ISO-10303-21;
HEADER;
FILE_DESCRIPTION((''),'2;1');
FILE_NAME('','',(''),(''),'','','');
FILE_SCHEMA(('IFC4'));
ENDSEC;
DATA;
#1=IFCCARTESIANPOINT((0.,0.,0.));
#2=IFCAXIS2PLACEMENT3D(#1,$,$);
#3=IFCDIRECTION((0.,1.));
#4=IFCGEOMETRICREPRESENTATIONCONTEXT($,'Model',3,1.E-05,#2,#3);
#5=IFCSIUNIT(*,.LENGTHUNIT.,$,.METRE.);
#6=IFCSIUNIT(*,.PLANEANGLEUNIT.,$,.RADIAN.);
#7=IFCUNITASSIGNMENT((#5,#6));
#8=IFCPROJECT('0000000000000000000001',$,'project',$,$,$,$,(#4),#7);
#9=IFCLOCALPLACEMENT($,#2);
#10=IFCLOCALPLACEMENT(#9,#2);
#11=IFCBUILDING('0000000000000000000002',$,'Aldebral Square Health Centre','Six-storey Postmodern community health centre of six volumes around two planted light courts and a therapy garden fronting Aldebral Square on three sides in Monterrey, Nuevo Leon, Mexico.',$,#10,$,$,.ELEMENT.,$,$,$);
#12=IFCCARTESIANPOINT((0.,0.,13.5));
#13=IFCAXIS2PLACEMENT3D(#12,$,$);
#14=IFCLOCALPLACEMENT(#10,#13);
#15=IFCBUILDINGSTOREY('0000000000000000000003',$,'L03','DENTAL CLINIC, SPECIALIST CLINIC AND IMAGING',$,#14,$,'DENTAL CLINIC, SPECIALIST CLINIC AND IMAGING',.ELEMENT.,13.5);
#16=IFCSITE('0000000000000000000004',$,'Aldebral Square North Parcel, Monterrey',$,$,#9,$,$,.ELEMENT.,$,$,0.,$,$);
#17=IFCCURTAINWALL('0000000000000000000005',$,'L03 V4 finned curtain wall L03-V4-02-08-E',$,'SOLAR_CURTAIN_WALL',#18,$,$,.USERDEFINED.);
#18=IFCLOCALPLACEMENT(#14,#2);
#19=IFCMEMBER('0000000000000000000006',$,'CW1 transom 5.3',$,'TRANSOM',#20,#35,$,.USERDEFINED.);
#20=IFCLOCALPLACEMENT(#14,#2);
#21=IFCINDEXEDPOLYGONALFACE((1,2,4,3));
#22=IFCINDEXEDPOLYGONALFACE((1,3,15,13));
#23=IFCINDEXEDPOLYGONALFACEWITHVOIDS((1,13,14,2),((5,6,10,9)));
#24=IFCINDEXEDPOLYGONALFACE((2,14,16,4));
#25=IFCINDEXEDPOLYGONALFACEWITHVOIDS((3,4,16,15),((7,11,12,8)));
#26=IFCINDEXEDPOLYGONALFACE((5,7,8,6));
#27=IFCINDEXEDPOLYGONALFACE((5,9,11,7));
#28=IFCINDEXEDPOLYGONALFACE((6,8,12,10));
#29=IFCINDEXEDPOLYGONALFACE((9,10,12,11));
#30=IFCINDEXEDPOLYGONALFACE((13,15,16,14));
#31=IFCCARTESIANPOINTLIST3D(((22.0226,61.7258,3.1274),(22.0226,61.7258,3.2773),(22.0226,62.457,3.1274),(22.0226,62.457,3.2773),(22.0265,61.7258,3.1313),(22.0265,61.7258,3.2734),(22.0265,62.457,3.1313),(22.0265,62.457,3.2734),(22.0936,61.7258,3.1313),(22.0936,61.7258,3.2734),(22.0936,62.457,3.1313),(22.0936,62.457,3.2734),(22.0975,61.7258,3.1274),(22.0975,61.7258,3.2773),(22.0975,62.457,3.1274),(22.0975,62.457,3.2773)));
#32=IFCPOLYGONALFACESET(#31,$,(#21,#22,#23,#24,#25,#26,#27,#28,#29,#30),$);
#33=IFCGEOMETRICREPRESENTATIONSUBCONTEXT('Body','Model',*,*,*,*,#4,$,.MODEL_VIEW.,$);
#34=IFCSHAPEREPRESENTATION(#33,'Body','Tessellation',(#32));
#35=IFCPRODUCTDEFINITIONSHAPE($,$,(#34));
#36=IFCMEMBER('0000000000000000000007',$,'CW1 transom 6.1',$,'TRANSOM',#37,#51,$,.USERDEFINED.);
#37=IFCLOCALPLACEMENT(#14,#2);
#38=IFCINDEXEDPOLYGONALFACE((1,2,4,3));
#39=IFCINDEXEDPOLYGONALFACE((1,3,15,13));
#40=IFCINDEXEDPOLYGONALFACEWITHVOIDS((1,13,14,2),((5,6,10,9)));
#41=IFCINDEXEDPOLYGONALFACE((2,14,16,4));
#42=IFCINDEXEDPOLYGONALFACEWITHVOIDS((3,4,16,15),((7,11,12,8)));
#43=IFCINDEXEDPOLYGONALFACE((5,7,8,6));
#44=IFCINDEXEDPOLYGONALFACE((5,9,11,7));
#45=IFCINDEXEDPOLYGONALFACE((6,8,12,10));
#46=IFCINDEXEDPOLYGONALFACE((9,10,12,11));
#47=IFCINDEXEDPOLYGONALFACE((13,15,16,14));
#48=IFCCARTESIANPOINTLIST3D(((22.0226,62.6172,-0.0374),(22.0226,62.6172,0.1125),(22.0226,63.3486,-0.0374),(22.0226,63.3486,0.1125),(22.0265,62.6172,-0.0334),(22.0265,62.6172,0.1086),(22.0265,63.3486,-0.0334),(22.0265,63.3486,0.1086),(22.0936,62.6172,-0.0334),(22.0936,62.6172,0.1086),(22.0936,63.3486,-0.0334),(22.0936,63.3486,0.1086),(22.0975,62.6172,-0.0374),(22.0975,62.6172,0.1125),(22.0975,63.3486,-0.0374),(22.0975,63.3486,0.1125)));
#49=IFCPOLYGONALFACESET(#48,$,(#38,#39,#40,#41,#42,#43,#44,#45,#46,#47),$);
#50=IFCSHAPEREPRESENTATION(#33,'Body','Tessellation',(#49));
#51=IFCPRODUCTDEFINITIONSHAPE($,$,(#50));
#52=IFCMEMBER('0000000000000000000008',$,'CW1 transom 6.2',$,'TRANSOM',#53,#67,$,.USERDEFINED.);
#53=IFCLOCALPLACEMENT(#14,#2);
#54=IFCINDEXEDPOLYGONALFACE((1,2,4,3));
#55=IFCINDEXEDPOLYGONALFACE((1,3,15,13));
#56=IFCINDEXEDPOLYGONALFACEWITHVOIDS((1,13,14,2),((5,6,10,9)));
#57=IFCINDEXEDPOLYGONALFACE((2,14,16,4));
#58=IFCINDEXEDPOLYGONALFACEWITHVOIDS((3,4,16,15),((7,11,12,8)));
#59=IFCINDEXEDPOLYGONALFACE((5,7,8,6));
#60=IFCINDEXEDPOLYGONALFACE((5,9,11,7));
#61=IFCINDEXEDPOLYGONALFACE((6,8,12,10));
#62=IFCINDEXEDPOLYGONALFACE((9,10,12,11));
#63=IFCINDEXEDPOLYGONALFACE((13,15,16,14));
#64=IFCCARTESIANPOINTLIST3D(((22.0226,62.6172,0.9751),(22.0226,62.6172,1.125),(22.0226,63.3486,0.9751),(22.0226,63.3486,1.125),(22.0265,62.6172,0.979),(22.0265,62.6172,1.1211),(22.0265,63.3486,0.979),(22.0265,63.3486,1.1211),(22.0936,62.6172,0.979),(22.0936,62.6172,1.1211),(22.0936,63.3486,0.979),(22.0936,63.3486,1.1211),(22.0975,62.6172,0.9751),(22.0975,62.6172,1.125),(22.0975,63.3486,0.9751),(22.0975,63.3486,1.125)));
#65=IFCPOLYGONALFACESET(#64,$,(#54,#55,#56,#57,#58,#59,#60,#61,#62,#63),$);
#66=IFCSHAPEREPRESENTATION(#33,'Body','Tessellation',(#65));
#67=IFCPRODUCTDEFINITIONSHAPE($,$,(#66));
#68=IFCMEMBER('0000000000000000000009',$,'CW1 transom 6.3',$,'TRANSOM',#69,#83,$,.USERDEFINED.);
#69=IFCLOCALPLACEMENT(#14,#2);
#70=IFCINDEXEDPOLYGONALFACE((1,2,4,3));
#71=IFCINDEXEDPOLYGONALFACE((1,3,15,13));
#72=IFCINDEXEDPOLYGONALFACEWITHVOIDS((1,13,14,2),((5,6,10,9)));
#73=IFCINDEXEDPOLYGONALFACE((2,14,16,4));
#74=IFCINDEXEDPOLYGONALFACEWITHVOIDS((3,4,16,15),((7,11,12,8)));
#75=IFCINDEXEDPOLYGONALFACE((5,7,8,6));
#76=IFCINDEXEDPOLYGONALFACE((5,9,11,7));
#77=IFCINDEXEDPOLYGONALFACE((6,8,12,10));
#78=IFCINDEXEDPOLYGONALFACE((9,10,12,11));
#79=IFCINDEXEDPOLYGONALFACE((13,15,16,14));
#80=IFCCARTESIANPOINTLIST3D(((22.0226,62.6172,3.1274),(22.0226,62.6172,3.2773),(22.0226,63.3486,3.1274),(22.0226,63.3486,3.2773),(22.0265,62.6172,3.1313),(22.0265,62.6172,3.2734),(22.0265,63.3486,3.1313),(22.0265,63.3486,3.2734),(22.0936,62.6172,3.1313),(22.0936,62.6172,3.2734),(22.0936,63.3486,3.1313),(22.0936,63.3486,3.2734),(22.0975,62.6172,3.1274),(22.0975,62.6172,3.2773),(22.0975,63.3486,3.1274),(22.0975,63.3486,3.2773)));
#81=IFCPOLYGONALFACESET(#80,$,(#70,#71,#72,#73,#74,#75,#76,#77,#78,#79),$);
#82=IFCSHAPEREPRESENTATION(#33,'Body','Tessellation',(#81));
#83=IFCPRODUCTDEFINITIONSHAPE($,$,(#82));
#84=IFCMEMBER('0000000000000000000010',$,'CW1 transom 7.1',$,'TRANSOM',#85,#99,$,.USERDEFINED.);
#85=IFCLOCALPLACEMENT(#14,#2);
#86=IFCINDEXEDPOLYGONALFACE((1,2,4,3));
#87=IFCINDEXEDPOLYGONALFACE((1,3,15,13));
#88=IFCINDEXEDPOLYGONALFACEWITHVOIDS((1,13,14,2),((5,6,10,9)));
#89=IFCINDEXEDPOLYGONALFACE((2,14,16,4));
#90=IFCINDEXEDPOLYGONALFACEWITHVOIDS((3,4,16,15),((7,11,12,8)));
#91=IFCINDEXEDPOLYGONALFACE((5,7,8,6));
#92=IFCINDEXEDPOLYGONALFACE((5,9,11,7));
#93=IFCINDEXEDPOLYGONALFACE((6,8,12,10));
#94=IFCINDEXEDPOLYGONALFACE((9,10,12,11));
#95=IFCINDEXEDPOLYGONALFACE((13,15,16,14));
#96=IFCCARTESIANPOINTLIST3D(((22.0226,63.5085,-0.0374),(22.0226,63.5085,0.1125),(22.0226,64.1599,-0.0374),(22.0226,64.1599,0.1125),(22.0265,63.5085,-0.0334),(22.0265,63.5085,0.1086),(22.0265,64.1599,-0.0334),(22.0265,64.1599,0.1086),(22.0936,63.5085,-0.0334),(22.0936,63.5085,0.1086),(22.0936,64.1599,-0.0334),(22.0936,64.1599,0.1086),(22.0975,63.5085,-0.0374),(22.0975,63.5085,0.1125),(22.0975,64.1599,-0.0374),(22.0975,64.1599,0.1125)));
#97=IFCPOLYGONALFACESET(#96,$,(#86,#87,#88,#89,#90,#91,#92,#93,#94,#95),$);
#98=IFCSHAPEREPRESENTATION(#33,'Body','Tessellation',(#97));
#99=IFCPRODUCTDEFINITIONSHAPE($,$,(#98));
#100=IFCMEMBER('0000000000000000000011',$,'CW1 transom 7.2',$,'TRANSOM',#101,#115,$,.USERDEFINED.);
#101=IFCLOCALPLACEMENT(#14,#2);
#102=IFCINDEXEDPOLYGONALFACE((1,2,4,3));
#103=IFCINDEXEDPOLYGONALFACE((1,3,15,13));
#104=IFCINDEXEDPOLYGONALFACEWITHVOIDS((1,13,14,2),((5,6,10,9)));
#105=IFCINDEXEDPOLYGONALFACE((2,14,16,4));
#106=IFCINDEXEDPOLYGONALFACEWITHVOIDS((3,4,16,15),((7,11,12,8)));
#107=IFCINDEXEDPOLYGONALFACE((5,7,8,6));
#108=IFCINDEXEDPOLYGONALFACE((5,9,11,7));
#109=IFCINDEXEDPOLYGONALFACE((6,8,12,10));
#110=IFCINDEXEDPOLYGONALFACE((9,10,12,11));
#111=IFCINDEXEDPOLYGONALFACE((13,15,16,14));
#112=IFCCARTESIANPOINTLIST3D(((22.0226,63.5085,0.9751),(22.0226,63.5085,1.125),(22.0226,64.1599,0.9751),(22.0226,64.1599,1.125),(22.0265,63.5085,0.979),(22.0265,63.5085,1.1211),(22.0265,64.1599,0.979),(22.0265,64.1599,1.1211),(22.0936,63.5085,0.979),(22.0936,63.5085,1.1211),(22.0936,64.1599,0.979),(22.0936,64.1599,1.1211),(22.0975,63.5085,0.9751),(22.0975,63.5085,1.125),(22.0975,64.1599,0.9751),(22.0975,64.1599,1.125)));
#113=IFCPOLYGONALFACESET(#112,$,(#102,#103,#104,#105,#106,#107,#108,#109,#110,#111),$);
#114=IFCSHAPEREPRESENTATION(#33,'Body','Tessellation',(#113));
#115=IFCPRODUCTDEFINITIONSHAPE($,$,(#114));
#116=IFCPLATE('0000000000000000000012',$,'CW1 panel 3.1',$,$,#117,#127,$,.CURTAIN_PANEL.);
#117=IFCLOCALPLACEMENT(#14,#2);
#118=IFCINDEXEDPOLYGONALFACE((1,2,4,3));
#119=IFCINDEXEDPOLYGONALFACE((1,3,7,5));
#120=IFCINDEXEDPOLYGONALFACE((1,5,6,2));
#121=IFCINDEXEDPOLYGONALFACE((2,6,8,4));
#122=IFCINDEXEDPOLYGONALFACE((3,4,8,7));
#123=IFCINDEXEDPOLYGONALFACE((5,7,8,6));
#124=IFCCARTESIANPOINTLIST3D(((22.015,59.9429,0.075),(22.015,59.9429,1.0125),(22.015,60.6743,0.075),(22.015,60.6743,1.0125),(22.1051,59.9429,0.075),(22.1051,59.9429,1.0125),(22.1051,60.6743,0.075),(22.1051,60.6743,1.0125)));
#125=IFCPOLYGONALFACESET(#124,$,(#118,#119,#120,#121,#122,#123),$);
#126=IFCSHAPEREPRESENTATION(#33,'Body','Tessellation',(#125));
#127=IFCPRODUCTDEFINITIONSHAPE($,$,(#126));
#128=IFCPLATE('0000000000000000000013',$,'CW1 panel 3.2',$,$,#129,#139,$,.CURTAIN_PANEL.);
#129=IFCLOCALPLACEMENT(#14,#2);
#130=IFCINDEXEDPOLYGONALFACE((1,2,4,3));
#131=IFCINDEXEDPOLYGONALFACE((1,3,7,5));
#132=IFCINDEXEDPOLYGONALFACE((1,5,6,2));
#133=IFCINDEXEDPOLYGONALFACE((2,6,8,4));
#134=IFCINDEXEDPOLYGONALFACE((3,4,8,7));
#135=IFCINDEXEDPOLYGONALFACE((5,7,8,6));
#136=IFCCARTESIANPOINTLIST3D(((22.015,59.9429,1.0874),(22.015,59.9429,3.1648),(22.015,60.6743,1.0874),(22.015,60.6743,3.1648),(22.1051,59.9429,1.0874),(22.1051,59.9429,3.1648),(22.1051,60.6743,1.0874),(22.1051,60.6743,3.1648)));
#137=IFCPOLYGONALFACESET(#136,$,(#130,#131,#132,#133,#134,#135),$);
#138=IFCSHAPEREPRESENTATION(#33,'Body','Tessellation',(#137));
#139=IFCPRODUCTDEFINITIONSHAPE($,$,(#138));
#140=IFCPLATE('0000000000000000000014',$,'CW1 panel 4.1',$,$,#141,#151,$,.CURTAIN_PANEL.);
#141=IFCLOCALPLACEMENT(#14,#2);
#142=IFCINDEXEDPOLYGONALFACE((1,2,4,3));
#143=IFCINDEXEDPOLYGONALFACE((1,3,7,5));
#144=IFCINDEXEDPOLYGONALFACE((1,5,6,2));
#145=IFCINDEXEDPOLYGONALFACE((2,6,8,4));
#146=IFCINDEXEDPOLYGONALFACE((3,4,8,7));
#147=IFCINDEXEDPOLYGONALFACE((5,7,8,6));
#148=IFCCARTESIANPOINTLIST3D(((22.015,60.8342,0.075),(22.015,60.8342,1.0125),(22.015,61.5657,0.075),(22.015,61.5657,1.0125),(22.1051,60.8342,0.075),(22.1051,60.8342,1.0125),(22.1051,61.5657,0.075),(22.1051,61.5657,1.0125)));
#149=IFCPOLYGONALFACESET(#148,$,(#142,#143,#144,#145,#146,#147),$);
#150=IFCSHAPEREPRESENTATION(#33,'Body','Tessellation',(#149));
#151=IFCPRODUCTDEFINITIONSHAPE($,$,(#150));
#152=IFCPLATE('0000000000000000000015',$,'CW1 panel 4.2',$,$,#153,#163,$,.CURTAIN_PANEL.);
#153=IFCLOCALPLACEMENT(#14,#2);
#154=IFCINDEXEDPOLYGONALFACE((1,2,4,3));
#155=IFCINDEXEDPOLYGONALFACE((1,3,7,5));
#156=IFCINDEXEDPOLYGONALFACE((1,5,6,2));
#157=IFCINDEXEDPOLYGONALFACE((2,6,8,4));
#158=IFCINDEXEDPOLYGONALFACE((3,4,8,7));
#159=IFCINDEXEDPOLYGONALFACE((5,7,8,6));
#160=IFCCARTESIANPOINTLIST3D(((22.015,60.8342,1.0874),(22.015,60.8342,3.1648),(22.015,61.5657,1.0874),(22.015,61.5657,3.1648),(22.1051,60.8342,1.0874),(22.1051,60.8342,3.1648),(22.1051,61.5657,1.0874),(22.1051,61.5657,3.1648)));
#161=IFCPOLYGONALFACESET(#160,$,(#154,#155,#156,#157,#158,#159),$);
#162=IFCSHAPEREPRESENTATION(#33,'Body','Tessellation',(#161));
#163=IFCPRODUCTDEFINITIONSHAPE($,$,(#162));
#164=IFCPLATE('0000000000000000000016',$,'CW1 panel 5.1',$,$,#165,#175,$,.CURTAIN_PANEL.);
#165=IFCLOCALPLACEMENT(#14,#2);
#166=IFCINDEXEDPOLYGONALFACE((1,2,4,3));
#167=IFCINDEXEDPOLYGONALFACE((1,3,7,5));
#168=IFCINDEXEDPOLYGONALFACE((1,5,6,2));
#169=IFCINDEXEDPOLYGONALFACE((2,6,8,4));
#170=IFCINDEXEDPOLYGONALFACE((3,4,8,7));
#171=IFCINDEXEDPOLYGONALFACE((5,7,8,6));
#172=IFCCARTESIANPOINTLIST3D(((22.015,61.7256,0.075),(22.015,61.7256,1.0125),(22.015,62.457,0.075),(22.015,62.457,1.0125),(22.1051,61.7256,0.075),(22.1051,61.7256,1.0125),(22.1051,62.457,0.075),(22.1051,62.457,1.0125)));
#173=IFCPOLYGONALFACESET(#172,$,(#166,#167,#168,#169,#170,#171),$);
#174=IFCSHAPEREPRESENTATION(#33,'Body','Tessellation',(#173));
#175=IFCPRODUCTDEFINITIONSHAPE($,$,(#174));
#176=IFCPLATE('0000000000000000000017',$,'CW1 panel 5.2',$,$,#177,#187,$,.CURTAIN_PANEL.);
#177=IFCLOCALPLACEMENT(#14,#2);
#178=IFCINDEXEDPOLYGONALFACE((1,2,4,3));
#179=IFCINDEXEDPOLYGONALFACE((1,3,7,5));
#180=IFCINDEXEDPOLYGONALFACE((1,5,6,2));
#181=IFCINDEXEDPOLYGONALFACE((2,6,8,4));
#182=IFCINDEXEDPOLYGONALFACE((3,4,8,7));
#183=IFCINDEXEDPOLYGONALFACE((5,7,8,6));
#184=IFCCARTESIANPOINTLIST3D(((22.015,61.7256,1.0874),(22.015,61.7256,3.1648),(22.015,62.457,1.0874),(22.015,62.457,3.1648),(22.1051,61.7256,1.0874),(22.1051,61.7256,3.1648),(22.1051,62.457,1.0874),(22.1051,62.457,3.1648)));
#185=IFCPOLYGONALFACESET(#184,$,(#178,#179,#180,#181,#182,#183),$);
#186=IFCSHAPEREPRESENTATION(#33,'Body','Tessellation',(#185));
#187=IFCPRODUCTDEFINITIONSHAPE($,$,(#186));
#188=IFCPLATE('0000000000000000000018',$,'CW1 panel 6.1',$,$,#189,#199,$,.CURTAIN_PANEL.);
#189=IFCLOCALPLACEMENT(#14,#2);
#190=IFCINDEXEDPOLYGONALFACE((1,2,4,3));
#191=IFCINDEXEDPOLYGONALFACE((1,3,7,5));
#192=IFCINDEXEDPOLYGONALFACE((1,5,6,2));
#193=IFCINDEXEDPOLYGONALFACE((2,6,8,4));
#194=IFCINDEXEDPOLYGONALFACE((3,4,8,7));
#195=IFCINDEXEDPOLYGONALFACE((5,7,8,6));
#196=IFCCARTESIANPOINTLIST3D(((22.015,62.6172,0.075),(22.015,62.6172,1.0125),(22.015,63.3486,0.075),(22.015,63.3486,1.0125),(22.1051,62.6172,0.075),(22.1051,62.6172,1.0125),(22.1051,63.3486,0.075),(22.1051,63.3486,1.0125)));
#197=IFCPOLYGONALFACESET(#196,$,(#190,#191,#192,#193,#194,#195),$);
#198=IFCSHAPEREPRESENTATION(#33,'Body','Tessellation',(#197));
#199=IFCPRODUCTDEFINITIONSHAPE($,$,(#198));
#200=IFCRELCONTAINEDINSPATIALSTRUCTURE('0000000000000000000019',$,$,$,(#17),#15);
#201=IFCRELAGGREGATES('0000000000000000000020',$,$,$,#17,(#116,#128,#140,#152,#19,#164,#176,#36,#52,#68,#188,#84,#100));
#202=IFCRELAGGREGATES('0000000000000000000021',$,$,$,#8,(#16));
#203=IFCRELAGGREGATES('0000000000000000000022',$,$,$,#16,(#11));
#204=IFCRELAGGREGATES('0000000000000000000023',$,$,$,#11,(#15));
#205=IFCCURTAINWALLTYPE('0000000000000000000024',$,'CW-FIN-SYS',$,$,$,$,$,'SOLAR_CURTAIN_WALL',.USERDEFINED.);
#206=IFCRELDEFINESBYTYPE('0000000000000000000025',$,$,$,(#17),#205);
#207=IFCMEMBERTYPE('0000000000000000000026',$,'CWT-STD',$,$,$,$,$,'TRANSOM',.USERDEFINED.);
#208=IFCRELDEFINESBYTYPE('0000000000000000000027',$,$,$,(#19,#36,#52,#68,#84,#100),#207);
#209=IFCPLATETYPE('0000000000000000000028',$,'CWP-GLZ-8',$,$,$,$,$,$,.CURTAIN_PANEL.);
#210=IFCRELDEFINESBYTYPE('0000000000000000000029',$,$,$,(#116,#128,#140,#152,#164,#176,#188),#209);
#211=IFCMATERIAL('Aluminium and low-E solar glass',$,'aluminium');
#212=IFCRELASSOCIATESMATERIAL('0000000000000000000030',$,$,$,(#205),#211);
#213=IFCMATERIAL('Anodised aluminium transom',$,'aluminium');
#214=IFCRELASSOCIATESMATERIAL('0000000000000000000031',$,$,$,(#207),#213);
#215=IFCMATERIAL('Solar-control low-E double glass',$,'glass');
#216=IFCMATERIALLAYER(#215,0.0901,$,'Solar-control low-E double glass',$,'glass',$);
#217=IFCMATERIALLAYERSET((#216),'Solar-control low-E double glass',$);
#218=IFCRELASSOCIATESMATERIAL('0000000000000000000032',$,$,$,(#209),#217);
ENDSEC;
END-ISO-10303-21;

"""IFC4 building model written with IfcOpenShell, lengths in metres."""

from ifc_helpers import new_model, si_unit, direction, frame, origin, origin_2d, place, context, subcontext, project, spatial, rectangle, hollow_rectangle, extrude, material, layer, layer_set, material_profile, profile_set, type_object, element, aggregate, save


model = new_model("IFC4")

# Units and contexts
model_context = context("Model", 3, precision=1e-05, world=origin(), true_north=direction((0.0, 1.0)))
body_context = subcontext(model_context, "Body", "Model", "MODEL_VIEW")
ifc_project = project(units=[si_unit("LENGTHUNIT", "METRE"), si_unit("PLANEANGLEUNIT", "RADIAN")], contexts=[model_context])

# Site, building, storey
site_placement = place(None, origin())
site = spatial("IfcSite", under=ifc_project, at=site_placement, Name="Aldebral Square North Parcel, Monterrey", CompositionType="ELEMENT", RefElevation=0.0)
building_placement = place(site_placement, origin())
building = spatial("IfcBuilding", under=site, at=building_placement, Name="Aldebral Square Health Centre", Description="Six-storey Postmodern community health centre of six volumes around two planted light courts and a therapy garden fronting Aldebral Square on three sides in Monterrey, Nuevo Leon, Mexico.", CompositionType="ELEMENT")
storey_placement = place(building_placement, frame((0.0, 0.0, 13.5)))
storey = spatial("IfcBuildingStorey", under=building, at=storey_placement, Name="L03", Description="DENTAL CLINIC, SPECIALIST CLINIC AND IMAGING", LongName="DENTAL CLINIC, SPECIALIST CLINIC AND IMAGING", CompositionType="ELEMENT", Elevation=13.5)

# Curtain wall, members, plates
ifc_material_1 = material(Name="Aluminium and low-E solar glass", Category="aluminium")
curtain_wall_type = type_object("IfcCurtainWallType", Name="CW-FIN-SYS", ElementType="SOLAR_CURTAIN_WALL", PredefinedType="USERDEFINED", material=ifc_material_1)
curtain_wall_placement = place(storey_placement, origin())
curtain_wall = element("IfcCurtainWall", 1, at=curtain_wall_placement, inside=storey, type_object=curtain_wall_type, Name="L03 V4 finned curtain wall L03-V4-02-08-E", ObjectType="SOLAR_CURTAIN_WALL", PredefinedType="USERDEFINED")
ifc_material_2 = material(Name="Anodised aluminium transom", Category="aluminium")
ifc_material_profile_1 = material_profile(ifc_material_2, hollow_rectangle(XDim=0.075, YDim=0.1499, WallThickness=0.0039, at=origin_2d()), Name="CWT 75x150x4")
ifc_profile_set_1 = profile_set([ifc_material_profile_1], Name="Anodised aluminium transom")
member_type_1 = type_object("IfcMemberType", Name="CWT-STD", ElementType="TRANSOM", PredefinedType="USERDEFINED", material=ifc_profile_set_1)
member_1_placement = place(storey_placement, frame((22.0601, 61.7258, 3.2024), z_axis=(0.0, 1.0, 0.0), x_axis=(-1.0, 0.0, 0.0)))
member_1 = element("IfcMember", 2, at=member_1_placement, type_object=member_type_1, Name="CW1 transom 5.3", ObjectType="TRANSOM", PredefinedType="USERDEFINED", context=body_context, shape_type="SweptSolid", body=[
    extrude(hollow_rectangle(XDim=0.075, YDim=0.1499, WallThickness=0.0039, at=origin_2d()), origin(), (0.0, 0.0, 1.0), 0.7312),
])
member_2_placement = place(storey_placement, frame((22.0601, 62.6172, 0.0376), z_axis=(0.0, 1.0, 0.0), x_axis=(-1.0, 0.0, 0.0)))
member_2 = element("IfcMember", 3, at=member_2_placement, type_object=member_type_1, Name="CW1 transom 6.1", ObjectType="TRANSOM", PredefinedType="USERDEFINED", context=body_context, shape_type="SweptSolid", body=[
    extrude(hollow_rectangle(XDim=0.075, YDim=0.1499, WallThickness=0.0039, at=origin_2d()), origin(), (0.0, 0.0, 1.0), 0.7314),
])
member_3_placement = place(storey_placement, frame((22.0601, 62.6172, 1.05), z_axis=(0.0, 1.0, 0.0), x_axis=(-1.0, 0.0, 0.0)))
member_3 = element("IfcMember", 4, at=member_3_placement, type_object=member_type_1, Name="CW1 transom 6.2", ObjectType="TRANSOM", PredefinedType="USERDEFINED", context=body_context, shape_type="SweptSolid", body=[
    extrude(hollow_rectangle(XDim=0.075, YDim=0.1499, WallThickness=0.0039, at=origin_2d()), origin(), (0.0, 0.0, 1.0), 0.7314),
])
member_4_placement = place(storey_placement, frame((22.0601, 62.6172, 3.2024), z_axis=(0.0, 1.0, 0.0), x_axis=(-1.0, 0.0, 0.0)))
member_4 = element("IfcMember", 5, at=member_4_placement, type_object=member_type_1, Name="CW1 transom 6.3", ObjectType="TRANSOM", PredefinedType="USERDEFINED", context=body_context, shape_type="SweptSolid", body=[
    extrude(hollow_rectangle(XDim=0.075, YDim=0.1499, WallThickness=0.0039, at=origin_2d()), origin(), (0.0, 0.0, 1.0), 0.7314),
])
member_5_placement = place(storey_placement, frame((22.0601, 63.5085, 0.0376), z_axis=(0.0, 1.0, 0.0), x_axis=(-1.0, 0.0, 0.0)))
member_5 = element("IfcMember", 6, at=member_5_placement, type_object=member_type_1, Name="CW1 transom 7.1", ObjectType="TRANSOM", PredefinedType="USERDEFINED", context=body_context, shape_type="SweptSolid", body=[
    extrude(hollow_rectangle(XDim=0.075, YDim=0.1499, WallThickness=0.0039, at=origin_2d()), origin(), (0.0, 0.0, 1.0), 0.6514),
])
member_6_placement = place(storey_placement, frame((22.0601, 63.5085, 1.05), z_axis=(0.0, 1.0, 0.0), x_axis=(-1.0, 0.0, 0.0)))
member_6 = element("IfcMember", 7, at=member_6_placement, type_object=member_type_1, Name="CW1 transom 7.2", ObjectType="TRANSOM", PredefinedType="USERDEFINED", context=body_context, shape_type="SweptSolid", body=[
    extrude(hollow_rectangle(XDim=0.075, YDim=0.1499, WallThickness=0.0039, at=origin_2d()), origin(), (0.0, 0.0, 1.0), 0.6514),
])
ifc_material_3 = material(Name="Solar-control low-E double glass", Category="glass")
ifc_layer = layer(ifc_material_3, 0.0901, Name="Solar-control low-E double glass", Category="glass")
ifc_layer_set = layer_set([ifc_layer], Name="Solar-control low-E double glass")
plate_type = type_object("IfcPlateType", Name="CWP-GLZ-8", PredefinedType="CURTAIN_PANEL", material=ifc_layer_set)
plate_1_placement = place(storey_placement, frame((22.0601, 60.3086, 0.075), z_axis=(0.0, 0.0, 1.0), x_axis=(0.0, 1.0, 0.0)))
plate_1 = element("IfcPlate", 8, at=plate_1_placement, type_object=plate_type, Name="CW1 panel 3.1", PredefinedType="CURTAIN_PANEL", context=body_context, shape_type="SweptSolid", body=[
    extrude(rectangle(XDim=0.7314, YDim=0.0901, at=origin_2d()), origin(), (0.0, 0.0, 1.0), 0.9375),
])
plate_2_placement = place(storey_placement, frame((22.0601, 60.3086, 1.0874), z_axis=(0.0, 0.0, 1.0), x_axis=(0.0, 1.0, 0.0)))
plate_2 = element("IfcPlate", 9, at=plate_2_placement, type_object=plate_type, Name="CW1 panel 3.2", PredefinedType="CURTAIN_PANEL", context=body_context, shape_type="SweptSolid", body=[
    extrude(rectangle(XDim=0.7314, YDim=0.0901, at=origin_2d()), origin(), (0.0, 0.0, 1.0), 2.0774),
])
plate_3_placement = place(storey_placement, frame((22.0601, 61.2, 0.075), z_axis=(0.0, 0.0, 1.0), x_axis=(0.0, 1.0, 0.0)))
plate_3 = element("IfcPlate", 10, at=plate_3_placement, type_object=plate_type, Name="CW1 panel 4.1", PredefinedType="CURTAIN_PANEL", context=body_context, shape_type="SweptSolid", body=[
    extrude(rectangle(XDim=0.7314, YDim=0.0901, at=origin_2d()), origin(), (0.0, 0.0, 1.0), 0.9375),
])
plate_4_placement = place(storey_placement, frame((22.0601, 61.2, 1.0874), z_axis=(0.0, 0.0, 1.0), x_axis=(0.0, 1.0, 0.0)))
plate_4 = element("IfcPlate", 11, at=plate_4_placement, type_object=plate_type, Name="CW1 panel 4.2", PredefinedType="CURTAIN_PANEL", context=body_context, shape_type="SweptSolid", body=[
    extrude(rectangle(XDim=0.7314, YDim=0.0901, at=origin_2d()), origin(), (0.0, 0.0, 1.0), 2.0774),
])
plate_5_placement = place(storey_placement, frame((22.0601, 62.0913, 0.075), z_axis=(0.0, 0.0, 1.0), x_axis=(0.0, 1.0, 0.0)))
plate_5 = element("IfcPlate", 12, at=plate_5_placement, type_object=plate_type, Name="CW1 panel 5.1", PredefinedType="CURTAIN_PANEL", context=body_context, shape_type="SweptSolid", body=[
    extrude(rectangle(XDim=0.7314, YDim=0.0901, at=origin_2d()), origin(), (0.0, 0.0, 1.0), 0.9375),
])
plate_6_placement = place(storey_placement, frame((22.0601, 62.0913, 1.0874), z_axis=(0.0, 0.0, 1.0), x_axis=(0.0, 1.0, 0.0)))
plate_6 = element("IfcPlate", 13, at=plate_6_placement, type_object=plate_type, Name="CW1 panel 5.2", PredefinedType="CURTAIN_PANEL", context=body_context, shape_type="SweptSolid", body=[
    extrude(rectangle(XDim=0.7314, YDim=0.0901, at=origin_2d()), origin(), (0.0, 0.0, 1.0), 2.0774),
])
plate_7_placement = place(storey_placement, frame((22.0601, 62.9829, 0.075), z_axis=(0.0, 0.0, 1.0), x_axis=(0.0, 1.0, 0.0)))
plate_7 = element("IfcPlate", 14, at=plate_7_placement, type_object=plate_type, Name="CW1 panel 6.1", PredefinedType="CURTAIN_PANEL", context=body_context, shape_type="SweptSolid", body=[
    extrude(rectangle(XDim=0.7314, YDim=0.0901, at=origin_2d()), origin(), (0.0, 0.0, 1.0), 0.9375),
])
aggregate(curtain_wall, [plate_1, plate_2, plate_3, plate_4, member_1, plate_5, plate_6, member_2, member_3, member_4, plate_7, member_5, member_6])

save(model, "model.ifc")
